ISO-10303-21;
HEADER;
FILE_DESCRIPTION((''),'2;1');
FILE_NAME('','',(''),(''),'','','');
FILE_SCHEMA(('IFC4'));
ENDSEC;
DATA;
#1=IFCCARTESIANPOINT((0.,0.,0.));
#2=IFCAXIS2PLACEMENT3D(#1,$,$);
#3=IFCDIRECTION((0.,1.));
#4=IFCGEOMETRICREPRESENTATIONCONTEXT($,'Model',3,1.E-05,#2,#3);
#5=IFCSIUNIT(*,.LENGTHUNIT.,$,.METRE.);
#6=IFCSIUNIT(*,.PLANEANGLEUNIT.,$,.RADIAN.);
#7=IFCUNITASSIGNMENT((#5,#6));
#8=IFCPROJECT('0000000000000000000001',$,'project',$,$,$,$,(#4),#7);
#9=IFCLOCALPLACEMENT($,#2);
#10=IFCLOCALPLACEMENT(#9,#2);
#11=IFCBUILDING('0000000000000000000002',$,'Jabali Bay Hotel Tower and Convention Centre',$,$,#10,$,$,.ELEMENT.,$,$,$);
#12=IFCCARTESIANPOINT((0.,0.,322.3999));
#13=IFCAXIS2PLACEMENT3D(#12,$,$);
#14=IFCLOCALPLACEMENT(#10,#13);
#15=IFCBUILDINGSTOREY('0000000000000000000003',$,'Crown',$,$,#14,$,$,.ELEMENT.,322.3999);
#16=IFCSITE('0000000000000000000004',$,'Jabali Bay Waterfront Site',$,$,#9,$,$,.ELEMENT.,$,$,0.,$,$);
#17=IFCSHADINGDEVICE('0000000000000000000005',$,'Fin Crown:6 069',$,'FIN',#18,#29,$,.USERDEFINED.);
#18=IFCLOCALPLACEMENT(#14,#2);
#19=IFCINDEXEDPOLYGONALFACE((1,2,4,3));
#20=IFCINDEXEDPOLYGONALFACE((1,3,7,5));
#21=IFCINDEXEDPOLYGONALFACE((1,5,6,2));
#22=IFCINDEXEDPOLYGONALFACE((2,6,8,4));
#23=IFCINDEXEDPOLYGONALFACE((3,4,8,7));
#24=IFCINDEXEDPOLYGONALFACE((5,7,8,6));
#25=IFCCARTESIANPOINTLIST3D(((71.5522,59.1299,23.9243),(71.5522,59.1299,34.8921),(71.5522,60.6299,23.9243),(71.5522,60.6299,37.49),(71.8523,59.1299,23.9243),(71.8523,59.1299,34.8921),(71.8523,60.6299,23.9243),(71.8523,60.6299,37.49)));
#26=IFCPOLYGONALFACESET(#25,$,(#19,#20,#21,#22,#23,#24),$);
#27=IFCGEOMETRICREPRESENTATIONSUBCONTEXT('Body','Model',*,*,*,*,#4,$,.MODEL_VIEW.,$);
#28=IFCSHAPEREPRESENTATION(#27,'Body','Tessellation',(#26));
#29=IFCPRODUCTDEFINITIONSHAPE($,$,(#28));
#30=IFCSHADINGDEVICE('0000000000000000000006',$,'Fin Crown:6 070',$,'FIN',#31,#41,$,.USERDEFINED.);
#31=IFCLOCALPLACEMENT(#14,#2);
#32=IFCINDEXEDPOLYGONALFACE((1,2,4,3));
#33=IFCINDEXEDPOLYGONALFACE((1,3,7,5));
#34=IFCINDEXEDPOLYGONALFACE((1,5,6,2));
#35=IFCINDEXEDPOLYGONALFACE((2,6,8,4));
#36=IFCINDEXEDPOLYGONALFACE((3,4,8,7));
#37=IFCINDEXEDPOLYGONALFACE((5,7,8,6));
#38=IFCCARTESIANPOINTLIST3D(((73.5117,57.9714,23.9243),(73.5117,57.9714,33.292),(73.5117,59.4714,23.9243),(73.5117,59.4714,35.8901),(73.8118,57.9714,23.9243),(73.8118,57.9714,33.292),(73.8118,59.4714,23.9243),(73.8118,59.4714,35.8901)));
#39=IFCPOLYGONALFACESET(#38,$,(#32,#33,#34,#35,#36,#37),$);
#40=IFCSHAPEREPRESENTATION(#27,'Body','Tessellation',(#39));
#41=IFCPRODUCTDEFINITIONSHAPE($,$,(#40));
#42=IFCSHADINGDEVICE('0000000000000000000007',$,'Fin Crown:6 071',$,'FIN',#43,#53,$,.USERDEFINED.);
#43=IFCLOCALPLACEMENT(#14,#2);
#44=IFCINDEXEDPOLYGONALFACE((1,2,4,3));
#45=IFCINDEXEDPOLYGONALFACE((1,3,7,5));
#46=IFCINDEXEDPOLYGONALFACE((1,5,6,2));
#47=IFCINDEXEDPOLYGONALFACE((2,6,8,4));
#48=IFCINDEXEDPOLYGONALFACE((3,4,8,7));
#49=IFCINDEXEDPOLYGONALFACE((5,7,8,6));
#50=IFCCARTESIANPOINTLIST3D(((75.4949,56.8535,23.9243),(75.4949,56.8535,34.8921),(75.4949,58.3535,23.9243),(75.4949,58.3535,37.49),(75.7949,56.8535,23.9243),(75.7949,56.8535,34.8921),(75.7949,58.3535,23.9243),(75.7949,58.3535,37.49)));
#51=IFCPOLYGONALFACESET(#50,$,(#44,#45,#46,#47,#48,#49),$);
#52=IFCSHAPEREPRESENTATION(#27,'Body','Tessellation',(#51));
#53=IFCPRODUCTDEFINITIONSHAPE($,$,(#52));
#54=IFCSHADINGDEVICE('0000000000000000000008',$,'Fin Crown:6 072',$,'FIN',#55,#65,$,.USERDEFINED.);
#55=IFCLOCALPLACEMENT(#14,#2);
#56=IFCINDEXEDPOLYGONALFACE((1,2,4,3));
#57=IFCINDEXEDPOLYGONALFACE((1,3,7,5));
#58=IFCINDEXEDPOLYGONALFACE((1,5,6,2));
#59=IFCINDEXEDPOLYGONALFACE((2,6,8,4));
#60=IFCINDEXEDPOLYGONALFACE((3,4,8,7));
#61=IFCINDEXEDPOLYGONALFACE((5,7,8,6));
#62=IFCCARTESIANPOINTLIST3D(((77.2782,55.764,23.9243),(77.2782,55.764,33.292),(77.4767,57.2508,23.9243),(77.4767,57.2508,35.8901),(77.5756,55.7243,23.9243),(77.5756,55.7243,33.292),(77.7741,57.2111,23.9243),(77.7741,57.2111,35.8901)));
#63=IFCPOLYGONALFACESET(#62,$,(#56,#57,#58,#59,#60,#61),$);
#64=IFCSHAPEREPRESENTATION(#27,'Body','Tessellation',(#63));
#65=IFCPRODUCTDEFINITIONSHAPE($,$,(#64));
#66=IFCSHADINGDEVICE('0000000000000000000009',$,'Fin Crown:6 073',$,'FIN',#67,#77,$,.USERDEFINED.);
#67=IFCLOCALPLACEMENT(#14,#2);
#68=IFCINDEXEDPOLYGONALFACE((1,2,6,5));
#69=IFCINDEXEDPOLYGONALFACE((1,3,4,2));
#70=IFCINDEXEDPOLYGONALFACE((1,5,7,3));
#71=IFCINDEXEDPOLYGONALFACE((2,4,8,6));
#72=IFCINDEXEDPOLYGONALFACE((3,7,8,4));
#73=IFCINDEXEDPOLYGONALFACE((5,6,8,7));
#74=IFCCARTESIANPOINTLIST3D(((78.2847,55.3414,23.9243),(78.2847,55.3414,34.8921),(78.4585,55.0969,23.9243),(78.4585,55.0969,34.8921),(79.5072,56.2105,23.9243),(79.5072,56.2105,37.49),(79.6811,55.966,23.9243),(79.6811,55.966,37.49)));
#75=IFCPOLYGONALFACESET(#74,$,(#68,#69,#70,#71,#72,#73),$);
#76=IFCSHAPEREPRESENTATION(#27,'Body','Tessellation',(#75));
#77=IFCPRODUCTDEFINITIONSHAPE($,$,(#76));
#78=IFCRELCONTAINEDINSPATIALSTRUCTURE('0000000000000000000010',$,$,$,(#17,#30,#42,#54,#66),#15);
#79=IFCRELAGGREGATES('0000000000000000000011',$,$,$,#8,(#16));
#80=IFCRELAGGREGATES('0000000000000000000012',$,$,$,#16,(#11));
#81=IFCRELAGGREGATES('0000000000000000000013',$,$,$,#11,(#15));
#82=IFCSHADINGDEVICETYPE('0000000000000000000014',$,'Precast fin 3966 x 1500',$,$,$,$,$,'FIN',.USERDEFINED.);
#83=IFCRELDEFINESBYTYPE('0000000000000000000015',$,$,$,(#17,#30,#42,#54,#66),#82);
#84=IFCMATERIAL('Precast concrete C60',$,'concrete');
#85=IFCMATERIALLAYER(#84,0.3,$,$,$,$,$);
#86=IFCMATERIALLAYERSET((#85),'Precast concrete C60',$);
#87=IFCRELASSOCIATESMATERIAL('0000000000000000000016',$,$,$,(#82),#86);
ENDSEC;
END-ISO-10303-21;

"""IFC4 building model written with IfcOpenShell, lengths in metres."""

from ifc_helpers import new_model, si_unit, direction, frame, origin, place, context, subcontext, project, spatial, polyline, outline, extrude, material, layer, layer_set, type_object, element, save


model = new_model("IFC4")

# Units and contexts
model_context = context("Model", 3, precision=1e-05, world=origin(), true_north=direction((0.0, 1.0)))
body_context = subcontext(model_context, "Body", "Model", "MODEL_VIEW")
ifc_project = project(units=[si_unit("LENGTHUNIT", "METRE"), si_unit("PLANEANGLEUNIT", "RADIAN")], contexts=[model_context])

# Site, building, storey
site_placement = place(None, origin())
site = spatial("IfcSite", under=ifc_project, at=site_placement, Name="Jabali Bay Waterfront Site", CompositionType="ELEMENT", RefElevation=0.0)
building_placement = place(site_placement, origin())
building = spatial("IfcBuilding", under=site, at=building_placement, Name="Jabali Bay Hotel Tower and Convention Centre", CompositionType="ELEMENT")
storey_placement = place(building_placement, frame((0.0, 0.0, 322.3999)))
storey = spatial("IfcBuildingStorey", under=building, at=storey_placement, Name="Crown", CompositionType="ELEMENT", Elevation=322.3999)

# Shading devices
ifc_material_1 = material(Name="Precast concrete C60", Category="concrete")
ifc_layer_1 = layer(ifc_material_1, 0.3)
ifc_layer_set_1 = layer_set([ifc_layer_1], Name="Precast concrete C60")
shading_device_type = type_object("IfcShadingDeviceType", Name="Precast fin 3966 x 1500", ElementType="FIN", PredefinedType="USERDEFINED", material=ifc_layer_set_1)
shading_device_1_placement = place(storey_placement, frame((71.7024, 60.6299, 23.9243), z_axis=(0.0, 0.0, 1.0), x_axis=(0.0, -1.0, 0.0)))
element("IfcShadingDevice", 1, at=shading_device_1_placement, inside=storey, type_object=shading_device_type, Name="Fin Crown:6 069", ObjectType="FIN", PredefinedType="USERDEFINED", context=body_context, shape_type="SweptSolid", body=[
    extrude(outline(polyline([(0.0, 0.0), (1.5, 0.0), (1.5, 10.9678), (0.0, 13.5657), (0.0, 0.0)])), frame((0.0, 0.1499, 0.0), z_axis=(0.0, -1.0, 0.0), x_axis=(1.0, 0.0, 0.0)), (0.0, 0.0, 1.0), 0.3),
])
shading_device_2_placement = place(storey_placement, frame((73.6619, 59.4714, 23.9243), z_axis=(0.0, 0.0, 1.0), x_axis=(0.0, -1.0, 0.0)))
element("IfcShadingDevice", 2, at=shading_device_2_placement, inside=storey, type_object=shading_device_type, Name="Fin Crown:6 070", ObjectType="FIN", PredefinedType="USERDEFINED", context=body_context, shape_type="SweptSolid", body=[
    extrude(outline(polyline([(0.0, 0.0), (1.5, 0.0), (1.5, 9.3677), (0.0, 11.9658), (0.0, 0.0)])), frame((0.0, 0.1499, 0.0), z_axis=(0.0, -1.0, 0.0), x_axis=(1.0, 0.0, 0.0)), (0.0, 0.0, 1.0), 0.3),
])
shading_device_3_placement = place(storey_placement, frame((75.645, 58.3535, 23.9243), z_axis=(0.0, 0.0, 1.0), x_axis=(0.0, -1.0, 0.0)))
element("IfcShadingDevice", 3, at=shading_device_3_placement, inside=storey, type_object=shading_device_type, Name="Fin Crown:6 071", ObjectType="FIN", PredefinedType="USERDEFINED", context=body_context, shape_type="SweptSolid", body=[
    extrude(outline(polyline([(0.0, 0.0), (1.5, 0.0), (1.5, 10.9678), (0.0, 13.5657), (0.0, 0.0)])), frame((0.0, 0.1499, 0.0), z_axis=(0.0, -1.0, 0.0), x_axis=(1.0, 0.0, 0.0)), (0.0, 0.0, 1.0), 0.3),
])
shading_device_4_placement = place(storey_placement, frame((77.6255, 57.231, 23.9243), z_axis=(0.0, 0.0, 1.0), x_axis=(-0.132324, -0.991207, 0.0)))
element("IfcShadingDevice", 4, at=shading_device_4_placement, inside=storey, type_object=shading_device_type, Name="Fin Crown:6 072", ObjectType="FIN", PredefinedType="USERDEFINED", context=body_context, shape_type="SweptSolid", body=[
    extrude(outline(polyline([(0.0, 0.0), (1.5, 0.0), (1.5, 9.3677), (0.0, 11.9658), (0.0, 0.0)])), frame((0.0, 0.1499, 0.0), z_axis=(0.0, -1.0, 0.0), x_axis=(1.0, 0.0, 0.0)), (0.0, 0.0, 1.0), 0.3),
])
shading_device_5_placement = place(storey_placement, frame((79.5942, 56.0881, 23.9243), z_axis=(0.0, 0.0, 1.0), x_axis=(-0.815051, -0.579389, 0.0)))
element("IfcShadingDevice", 5, at=shading_device_5_placement, inside=storey, type_object=shading_device_type, Name="Fin Crown:6 073", ObjectType="FIN", PredefinedType="USERDEFINED", context=body_context, shape_type="SweptSolid", body=[
    extrude(outline(polyline([(0.0, 0.0), (1.5, 0.0), (1.5, 10.9678), (0.0, 13.5657), (0.0, 0.0)])), frame((0.0, 0.1499, 0.0), z_axis=(0.0, -1.0, 0.0), x_axis=(1.0, 0.0, 0.0)), (0.0, 0.0, 1.0), 0.3),
])

save(model, "model.ifc")
